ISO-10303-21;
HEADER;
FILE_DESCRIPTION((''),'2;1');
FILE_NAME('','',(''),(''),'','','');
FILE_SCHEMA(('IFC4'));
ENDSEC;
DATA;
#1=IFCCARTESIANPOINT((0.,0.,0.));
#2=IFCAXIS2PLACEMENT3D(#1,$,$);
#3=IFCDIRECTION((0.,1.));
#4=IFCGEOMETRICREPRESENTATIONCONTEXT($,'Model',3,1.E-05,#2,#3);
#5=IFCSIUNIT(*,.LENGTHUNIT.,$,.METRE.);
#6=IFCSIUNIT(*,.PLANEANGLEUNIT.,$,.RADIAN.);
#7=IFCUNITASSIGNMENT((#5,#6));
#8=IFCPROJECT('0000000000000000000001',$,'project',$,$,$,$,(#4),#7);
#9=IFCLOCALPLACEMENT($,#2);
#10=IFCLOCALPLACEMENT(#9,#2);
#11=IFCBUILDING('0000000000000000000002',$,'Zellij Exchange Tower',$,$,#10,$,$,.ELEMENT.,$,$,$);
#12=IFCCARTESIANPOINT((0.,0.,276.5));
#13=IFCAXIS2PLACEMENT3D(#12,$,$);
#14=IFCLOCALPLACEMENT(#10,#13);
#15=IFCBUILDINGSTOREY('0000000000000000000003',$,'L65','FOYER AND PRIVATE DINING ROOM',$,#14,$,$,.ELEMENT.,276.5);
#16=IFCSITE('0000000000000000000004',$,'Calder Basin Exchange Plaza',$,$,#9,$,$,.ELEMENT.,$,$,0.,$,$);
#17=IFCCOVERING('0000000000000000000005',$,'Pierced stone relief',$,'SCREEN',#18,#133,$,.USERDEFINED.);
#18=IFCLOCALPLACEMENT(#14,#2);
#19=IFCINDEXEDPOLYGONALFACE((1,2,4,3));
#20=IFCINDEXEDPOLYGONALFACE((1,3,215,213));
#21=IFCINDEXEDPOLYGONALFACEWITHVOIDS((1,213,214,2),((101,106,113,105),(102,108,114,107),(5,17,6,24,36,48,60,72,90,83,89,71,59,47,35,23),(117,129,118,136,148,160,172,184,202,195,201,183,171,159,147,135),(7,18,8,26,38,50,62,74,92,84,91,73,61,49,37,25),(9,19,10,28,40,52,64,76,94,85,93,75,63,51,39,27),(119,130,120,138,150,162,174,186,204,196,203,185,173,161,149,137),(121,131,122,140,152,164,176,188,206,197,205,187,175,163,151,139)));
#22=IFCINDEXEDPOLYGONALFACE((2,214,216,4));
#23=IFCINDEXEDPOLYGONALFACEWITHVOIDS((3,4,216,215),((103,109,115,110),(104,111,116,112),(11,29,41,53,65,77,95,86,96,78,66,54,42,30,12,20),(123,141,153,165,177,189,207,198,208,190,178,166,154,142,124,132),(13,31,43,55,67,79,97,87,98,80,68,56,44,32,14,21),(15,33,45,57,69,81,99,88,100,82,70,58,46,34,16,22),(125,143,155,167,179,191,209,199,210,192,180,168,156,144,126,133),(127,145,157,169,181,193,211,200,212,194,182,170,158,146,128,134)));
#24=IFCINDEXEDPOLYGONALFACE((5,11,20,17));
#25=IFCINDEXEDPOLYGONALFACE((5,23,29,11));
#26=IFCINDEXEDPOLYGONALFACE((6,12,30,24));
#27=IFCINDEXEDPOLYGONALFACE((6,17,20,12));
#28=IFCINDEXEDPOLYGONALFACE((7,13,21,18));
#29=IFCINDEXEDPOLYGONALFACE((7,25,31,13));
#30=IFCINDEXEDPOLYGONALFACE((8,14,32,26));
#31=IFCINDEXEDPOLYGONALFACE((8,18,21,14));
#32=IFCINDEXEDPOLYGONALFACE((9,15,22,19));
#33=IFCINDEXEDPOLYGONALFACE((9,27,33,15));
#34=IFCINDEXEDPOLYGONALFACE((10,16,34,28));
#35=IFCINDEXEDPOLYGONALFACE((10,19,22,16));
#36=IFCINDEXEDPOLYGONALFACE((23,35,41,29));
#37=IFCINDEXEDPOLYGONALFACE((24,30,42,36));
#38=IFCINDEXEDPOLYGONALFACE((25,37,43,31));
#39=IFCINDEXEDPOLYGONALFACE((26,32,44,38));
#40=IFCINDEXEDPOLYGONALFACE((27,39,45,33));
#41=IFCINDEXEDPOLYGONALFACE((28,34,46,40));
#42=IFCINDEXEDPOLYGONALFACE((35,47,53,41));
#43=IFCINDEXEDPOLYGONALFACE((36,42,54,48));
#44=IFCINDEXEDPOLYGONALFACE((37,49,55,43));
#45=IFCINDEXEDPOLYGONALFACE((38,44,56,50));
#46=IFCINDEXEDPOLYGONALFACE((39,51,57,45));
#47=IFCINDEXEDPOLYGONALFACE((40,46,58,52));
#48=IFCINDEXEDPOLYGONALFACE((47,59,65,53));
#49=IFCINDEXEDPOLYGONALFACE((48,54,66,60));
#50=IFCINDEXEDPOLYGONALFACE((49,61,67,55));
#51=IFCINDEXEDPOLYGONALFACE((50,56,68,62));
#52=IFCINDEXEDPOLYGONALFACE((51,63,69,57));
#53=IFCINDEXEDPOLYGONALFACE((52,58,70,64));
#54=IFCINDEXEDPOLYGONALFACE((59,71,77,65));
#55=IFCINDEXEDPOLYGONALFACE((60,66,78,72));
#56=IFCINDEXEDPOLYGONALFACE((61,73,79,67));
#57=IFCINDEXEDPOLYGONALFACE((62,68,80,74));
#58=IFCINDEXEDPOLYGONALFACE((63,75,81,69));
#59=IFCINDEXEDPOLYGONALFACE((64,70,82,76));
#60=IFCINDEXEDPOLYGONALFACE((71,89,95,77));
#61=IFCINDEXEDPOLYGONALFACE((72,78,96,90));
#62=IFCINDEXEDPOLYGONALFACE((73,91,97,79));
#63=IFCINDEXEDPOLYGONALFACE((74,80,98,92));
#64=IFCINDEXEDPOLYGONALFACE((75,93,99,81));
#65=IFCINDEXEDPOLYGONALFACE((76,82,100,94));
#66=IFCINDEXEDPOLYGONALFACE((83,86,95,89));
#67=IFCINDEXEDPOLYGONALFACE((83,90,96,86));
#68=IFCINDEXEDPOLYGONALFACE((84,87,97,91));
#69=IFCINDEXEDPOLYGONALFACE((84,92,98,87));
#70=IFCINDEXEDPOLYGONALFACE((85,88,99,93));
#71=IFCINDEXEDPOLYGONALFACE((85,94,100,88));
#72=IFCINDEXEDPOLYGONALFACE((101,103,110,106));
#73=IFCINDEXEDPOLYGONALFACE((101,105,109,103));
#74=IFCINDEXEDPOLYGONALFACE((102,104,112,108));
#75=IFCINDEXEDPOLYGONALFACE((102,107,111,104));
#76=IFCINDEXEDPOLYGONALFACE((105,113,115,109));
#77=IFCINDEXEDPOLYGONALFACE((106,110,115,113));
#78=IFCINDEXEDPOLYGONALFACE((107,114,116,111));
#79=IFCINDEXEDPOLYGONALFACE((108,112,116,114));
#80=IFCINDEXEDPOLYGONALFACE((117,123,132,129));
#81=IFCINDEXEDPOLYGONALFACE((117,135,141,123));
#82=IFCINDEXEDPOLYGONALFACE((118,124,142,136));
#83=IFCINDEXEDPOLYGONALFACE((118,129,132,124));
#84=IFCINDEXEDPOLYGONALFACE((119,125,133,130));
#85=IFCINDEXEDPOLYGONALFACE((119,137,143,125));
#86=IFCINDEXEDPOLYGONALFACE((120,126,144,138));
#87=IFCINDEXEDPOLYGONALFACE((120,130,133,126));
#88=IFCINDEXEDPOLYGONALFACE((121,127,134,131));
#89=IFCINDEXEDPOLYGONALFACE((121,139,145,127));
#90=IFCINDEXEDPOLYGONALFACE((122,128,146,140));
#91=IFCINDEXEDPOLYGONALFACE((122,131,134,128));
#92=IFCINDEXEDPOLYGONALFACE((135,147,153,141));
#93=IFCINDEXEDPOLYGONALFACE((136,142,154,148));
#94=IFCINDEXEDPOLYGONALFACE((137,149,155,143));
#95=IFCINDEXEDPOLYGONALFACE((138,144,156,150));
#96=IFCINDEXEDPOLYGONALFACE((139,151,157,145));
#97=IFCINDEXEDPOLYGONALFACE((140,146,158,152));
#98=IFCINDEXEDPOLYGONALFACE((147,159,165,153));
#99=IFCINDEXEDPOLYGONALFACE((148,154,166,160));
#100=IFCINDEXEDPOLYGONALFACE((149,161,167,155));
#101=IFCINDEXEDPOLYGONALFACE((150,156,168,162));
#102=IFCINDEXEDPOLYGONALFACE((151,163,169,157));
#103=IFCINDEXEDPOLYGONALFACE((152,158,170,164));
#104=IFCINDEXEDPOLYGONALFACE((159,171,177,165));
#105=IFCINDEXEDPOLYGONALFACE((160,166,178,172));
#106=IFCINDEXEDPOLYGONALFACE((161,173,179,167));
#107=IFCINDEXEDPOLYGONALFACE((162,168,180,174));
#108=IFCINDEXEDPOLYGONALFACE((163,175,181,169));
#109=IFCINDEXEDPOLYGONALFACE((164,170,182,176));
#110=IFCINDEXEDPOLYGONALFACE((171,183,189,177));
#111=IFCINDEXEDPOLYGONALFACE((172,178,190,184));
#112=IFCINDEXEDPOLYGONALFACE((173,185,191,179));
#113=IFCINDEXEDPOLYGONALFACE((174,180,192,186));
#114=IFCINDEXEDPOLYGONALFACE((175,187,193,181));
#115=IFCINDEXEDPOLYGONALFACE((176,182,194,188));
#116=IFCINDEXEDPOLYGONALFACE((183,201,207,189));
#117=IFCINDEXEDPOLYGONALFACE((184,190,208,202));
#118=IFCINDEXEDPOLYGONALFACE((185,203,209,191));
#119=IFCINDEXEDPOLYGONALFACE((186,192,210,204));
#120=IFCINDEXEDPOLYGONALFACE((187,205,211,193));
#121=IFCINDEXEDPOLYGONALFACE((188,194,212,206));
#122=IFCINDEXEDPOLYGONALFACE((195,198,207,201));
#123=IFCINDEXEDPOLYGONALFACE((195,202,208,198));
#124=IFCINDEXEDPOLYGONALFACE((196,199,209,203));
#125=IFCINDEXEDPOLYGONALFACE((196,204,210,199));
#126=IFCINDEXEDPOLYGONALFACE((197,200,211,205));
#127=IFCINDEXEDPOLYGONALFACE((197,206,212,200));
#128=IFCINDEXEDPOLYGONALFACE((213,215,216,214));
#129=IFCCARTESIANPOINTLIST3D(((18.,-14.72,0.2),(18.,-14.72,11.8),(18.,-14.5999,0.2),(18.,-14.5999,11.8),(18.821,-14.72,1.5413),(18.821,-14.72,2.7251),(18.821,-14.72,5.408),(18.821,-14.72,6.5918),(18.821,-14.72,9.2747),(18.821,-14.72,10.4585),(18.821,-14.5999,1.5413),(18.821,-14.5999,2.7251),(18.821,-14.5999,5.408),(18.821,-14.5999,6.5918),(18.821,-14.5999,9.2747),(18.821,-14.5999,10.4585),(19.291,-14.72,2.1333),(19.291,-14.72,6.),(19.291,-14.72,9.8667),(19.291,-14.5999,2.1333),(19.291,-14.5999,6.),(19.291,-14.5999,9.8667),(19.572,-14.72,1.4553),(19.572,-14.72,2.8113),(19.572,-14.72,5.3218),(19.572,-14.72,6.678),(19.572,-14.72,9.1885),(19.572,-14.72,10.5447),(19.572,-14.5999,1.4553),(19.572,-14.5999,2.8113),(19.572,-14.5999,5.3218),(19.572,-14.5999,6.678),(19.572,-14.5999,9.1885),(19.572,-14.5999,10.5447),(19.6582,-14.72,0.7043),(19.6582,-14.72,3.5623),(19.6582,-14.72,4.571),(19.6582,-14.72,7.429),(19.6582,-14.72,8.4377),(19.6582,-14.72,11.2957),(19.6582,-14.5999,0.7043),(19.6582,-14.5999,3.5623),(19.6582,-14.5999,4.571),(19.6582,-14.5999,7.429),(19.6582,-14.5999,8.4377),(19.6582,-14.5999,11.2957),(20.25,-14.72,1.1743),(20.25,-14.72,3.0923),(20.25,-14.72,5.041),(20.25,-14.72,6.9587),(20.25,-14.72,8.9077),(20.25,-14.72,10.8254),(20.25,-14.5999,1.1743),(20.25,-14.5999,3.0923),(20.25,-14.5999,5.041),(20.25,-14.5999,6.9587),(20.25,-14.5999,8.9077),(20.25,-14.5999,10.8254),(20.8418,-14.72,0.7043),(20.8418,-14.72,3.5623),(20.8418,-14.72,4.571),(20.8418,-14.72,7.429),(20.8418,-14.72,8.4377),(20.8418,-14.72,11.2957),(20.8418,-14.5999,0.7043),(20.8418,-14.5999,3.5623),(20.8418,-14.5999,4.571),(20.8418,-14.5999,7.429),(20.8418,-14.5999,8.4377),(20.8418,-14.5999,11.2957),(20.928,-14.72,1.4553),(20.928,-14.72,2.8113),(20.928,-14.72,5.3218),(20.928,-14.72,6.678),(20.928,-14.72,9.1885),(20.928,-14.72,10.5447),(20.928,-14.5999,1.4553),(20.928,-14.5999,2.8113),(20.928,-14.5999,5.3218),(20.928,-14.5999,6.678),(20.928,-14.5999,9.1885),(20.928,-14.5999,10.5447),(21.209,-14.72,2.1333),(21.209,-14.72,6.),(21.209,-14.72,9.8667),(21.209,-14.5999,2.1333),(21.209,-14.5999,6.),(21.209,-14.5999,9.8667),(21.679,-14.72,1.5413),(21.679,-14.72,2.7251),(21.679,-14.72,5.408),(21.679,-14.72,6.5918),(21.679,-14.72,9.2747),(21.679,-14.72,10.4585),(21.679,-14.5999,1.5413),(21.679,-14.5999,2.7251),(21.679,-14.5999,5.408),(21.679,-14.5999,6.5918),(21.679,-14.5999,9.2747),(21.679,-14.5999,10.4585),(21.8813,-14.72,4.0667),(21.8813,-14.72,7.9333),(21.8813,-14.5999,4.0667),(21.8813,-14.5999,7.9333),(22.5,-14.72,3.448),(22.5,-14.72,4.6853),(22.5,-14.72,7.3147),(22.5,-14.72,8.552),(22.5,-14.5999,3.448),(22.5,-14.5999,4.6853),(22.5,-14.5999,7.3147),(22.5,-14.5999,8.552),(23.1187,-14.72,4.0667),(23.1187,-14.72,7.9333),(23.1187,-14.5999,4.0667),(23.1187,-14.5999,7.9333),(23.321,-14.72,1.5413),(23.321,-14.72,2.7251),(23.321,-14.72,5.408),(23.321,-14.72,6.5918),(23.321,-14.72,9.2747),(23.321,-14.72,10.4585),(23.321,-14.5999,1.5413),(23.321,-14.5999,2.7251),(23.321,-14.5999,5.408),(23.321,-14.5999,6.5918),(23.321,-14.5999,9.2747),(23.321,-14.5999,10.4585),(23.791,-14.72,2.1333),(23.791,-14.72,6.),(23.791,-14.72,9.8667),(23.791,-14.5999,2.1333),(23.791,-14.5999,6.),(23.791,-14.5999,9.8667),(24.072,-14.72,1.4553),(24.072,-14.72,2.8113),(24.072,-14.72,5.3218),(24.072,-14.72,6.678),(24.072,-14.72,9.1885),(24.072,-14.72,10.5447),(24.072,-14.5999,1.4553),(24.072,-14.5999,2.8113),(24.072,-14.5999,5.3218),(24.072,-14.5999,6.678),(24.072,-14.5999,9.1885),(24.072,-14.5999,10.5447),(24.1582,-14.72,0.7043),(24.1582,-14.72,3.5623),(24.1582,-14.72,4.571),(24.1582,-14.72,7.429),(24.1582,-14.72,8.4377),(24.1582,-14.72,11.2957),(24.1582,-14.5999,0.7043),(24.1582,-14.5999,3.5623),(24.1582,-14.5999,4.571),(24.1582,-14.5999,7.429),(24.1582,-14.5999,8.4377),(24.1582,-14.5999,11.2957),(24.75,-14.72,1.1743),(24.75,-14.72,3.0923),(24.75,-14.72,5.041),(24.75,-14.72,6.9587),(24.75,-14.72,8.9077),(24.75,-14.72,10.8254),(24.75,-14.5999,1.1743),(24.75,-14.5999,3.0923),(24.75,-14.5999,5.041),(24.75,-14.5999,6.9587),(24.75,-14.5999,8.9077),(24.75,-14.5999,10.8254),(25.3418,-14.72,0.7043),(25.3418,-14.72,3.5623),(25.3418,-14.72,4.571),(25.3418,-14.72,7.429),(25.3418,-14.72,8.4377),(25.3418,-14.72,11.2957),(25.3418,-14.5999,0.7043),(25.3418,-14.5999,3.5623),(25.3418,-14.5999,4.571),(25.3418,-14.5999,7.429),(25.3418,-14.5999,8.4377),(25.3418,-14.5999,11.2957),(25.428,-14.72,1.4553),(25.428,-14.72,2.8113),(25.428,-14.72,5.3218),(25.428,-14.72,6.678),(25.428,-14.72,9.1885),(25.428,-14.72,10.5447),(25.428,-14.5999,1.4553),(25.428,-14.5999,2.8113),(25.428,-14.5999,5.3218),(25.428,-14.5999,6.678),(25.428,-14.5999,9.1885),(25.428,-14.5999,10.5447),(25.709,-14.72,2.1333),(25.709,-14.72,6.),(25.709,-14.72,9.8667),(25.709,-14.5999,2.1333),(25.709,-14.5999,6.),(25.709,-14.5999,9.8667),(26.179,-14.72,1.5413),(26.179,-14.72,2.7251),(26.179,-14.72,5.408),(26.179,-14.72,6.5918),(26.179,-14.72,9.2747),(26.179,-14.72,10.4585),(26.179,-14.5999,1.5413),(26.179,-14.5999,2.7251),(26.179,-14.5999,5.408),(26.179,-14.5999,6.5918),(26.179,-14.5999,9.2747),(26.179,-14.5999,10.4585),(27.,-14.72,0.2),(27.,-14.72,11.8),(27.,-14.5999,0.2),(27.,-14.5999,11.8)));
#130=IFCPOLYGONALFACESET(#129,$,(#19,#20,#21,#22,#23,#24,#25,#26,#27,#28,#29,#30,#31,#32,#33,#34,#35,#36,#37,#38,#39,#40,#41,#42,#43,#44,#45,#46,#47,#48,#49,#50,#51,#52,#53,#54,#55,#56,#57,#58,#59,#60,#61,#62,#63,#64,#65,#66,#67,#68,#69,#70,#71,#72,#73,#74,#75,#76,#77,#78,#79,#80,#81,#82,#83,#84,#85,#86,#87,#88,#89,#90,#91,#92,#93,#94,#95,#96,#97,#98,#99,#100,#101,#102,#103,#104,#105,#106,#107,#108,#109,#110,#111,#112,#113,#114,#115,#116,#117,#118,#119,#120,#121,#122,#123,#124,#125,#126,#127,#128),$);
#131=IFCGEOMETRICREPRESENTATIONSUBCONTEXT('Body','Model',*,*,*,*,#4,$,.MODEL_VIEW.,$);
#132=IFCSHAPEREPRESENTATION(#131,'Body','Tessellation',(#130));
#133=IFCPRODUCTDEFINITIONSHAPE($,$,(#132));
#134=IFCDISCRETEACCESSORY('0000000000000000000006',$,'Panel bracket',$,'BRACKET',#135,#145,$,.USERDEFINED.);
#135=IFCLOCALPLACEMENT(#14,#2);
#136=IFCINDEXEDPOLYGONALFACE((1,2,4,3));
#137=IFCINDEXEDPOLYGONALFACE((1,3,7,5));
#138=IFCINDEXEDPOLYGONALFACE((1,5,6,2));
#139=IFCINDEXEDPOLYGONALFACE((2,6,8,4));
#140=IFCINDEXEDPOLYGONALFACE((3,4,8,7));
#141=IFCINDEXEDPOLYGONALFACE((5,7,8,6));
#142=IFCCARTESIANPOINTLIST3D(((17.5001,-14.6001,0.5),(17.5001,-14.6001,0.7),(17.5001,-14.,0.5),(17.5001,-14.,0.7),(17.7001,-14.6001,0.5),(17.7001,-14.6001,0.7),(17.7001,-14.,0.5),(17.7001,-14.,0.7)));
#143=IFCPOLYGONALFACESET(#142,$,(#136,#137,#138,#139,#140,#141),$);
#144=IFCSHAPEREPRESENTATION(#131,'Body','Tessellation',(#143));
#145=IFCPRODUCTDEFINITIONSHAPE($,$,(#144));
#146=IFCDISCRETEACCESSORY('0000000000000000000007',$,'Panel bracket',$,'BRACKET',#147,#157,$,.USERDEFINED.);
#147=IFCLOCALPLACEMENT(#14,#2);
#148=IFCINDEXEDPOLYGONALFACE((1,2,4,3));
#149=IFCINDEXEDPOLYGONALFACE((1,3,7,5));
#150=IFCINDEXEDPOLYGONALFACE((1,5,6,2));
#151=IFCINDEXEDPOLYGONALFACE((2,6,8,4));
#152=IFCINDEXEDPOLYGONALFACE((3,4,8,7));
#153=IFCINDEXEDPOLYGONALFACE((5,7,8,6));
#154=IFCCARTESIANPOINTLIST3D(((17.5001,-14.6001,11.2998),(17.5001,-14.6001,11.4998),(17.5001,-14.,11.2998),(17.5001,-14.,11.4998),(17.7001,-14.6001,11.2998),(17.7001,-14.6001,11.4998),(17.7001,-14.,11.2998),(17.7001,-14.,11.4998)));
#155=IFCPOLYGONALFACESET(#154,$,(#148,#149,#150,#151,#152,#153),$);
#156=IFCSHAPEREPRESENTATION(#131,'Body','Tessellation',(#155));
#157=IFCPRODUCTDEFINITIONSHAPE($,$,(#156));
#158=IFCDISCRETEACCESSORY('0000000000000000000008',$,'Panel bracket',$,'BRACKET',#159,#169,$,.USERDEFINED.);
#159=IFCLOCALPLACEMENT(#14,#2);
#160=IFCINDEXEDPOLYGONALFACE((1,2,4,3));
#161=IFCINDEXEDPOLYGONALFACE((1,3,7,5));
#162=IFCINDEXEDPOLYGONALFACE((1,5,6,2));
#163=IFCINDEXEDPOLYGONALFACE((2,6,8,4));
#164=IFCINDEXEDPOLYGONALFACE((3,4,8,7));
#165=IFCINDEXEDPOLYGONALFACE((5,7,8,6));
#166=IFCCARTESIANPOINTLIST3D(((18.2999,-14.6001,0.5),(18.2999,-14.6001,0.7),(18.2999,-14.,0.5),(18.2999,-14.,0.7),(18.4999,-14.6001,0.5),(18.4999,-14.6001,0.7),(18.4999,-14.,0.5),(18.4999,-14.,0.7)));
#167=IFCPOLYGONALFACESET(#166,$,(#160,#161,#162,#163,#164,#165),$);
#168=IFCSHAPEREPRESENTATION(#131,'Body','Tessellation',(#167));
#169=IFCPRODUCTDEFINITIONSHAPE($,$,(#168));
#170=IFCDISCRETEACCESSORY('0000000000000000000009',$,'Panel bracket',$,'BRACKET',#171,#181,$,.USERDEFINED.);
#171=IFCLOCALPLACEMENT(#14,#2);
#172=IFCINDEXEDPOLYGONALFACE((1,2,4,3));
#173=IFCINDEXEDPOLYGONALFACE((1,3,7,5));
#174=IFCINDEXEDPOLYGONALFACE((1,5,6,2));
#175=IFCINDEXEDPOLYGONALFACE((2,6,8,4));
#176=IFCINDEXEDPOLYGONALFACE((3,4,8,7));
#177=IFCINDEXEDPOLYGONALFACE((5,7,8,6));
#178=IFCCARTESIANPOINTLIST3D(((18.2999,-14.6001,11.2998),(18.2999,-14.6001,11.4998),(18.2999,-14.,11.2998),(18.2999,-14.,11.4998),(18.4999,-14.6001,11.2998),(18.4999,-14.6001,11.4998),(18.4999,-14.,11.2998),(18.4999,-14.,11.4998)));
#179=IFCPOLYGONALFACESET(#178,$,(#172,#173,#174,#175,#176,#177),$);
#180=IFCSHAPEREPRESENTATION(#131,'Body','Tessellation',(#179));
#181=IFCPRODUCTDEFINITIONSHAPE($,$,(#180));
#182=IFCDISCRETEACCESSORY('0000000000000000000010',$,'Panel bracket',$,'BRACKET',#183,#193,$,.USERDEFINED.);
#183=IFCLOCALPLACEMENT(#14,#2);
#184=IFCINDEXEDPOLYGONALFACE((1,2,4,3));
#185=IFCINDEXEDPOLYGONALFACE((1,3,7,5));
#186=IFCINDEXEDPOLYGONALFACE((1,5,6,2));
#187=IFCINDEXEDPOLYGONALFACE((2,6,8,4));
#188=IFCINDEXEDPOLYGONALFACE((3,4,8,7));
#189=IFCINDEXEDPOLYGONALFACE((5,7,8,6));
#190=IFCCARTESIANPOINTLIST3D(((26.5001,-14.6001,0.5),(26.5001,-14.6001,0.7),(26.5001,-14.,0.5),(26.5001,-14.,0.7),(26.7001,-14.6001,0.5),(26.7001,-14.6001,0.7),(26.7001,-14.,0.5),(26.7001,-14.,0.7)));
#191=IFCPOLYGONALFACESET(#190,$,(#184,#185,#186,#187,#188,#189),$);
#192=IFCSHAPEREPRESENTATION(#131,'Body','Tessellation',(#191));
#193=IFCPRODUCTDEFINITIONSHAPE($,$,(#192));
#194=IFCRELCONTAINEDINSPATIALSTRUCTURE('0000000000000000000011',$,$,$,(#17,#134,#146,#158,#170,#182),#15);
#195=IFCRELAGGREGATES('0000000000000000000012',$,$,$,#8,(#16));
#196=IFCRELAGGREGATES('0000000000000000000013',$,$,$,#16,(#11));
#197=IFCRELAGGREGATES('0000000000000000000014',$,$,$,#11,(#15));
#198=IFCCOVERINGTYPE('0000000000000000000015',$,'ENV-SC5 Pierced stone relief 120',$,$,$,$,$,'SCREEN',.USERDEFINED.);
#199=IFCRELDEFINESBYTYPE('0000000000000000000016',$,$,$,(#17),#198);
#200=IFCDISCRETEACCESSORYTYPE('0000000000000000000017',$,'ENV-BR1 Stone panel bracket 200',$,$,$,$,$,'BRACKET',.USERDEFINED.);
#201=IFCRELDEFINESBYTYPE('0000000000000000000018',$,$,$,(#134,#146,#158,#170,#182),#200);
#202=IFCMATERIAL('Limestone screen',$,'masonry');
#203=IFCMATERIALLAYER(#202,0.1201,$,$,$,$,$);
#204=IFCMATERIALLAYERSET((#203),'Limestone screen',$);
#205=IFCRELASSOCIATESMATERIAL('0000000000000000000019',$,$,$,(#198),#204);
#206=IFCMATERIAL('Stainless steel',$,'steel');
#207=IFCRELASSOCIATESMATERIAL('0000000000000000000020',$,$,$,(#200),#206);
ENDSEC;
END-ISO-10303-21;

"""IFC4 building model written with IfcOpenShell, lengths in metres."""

from ifc_helpers import new_model, si_unit, direction, frame, origin, origin_2d, place, context, subcontext, project, spatial, polyline, rectangle, outline, extrude, material, layer, layer_set, type_object, element, save


model = new_model("IFC4")

# Units and contexts
model_context = context("Model", 3, precision=1e-05, world=origin(), true_north=direction((0.0, 1.0)))
body_context = subcontext(model_context, "Body", "Model", "MODEL_VIEW")
ifc_project = project(units=[si_unit("LENGTHUNIT", "METRE"), si_unit("PLANEANGLEUNIT", "RADIAN")], contexts=[model_context])

# Site, building, storey
site_placement = place(None, origin())
site = spatial("IfcSite", under=ifc_project, at=site_placement, Name="Calder Basin Exchange Plaza", CompositionType="ELEMENT", RefElevation=0.0)
building_placement = place(site_placement, origin())
building = spatial("IfcBuilding", under=site, at=building_placement, Name="Zellij Exchange Tower", CompositionType="ELEMENT")
storey_placement = place(building_placement, frame((0.0, 0.0, 276.5)))
storey = spatial("IfcBuildingStorey", under=building, at=storey_placement, Name="L65", Description="FOYER AND PRIVATE DINING ROOM", CompositionType="ELEMENT", Elevation=276.5)

# Shared definitions
ifc_material_1 = material(Name="Stainless steel", Category="steel")

# Covering
ifc_material_2 = material(Name="Limestone screen", Category="masonry")
ifc_layer_1 = layer(ifc_material_2, 0.1201)
ifc_layer_set_1 = layer_set([ifc_layer_1], Name="Limestone screen")
covering_type = type_object("IfcCoveringType", Name="ENV-SC5 Pierced stone relief 120", ElementType="SCREEN", PredefinedType="USERDEFINED", material=ifc_layer_set_1)
covering_placement = place(storey_placement, frame((18.0, -14.6599, 0.2), z_axis=(0.0, 0.0, 1.0), x_axis=(1.0, 0.0, 0.0)))
element("IfcCovering", 1, at=covering_placement, inside=storey, type_object=covering_type, Name="Pierced stone relief", ObjectType="SCREEN", PredefinedType="USERDEFINED", context=body_context, shape_type="SweptSolid", body=[
    extrude(outline(polyline([(0.0, 0.0), (9.0, 0.0), (9.0, 11.6001), (0.0, 11.6001), (0.0, 0.0)]), holes=[polyline([(3.679, 2.5251), (2.928, 2.6113), (2.8418, 3.3623), (2.25, 2.8923), (1.6582, 3.3623), (1.572, 2.6113), (0.821, 2.5251), (1.291, 1.9333), (0.821, 1.3413), (1.572, 1.2554), (1.6582, 0.5044), (2.25, 0.9744), (2.8418, 0.5044), (2.928, 1.2554), (3.679, 1.3413), (3.209, 1.9333), (3.679, 2.5251)]), polyline([(3.679, 6.3918), (2.928, 6.478), (2.8418, 7.229), (2.25, 6.7588), (1.6582, 7.229), (1.572, 6.478), (0.821, 6.3918), (1.291, 5.8), (0.821, 5.208), (1.572, 5.1218), (1.6582, 4.3711), (2.25, 4.8411), (2.8418, 4.3711), (2.928, 5.1218), (3.679, 5.208), (3.209, 5.8), (3.679, 6.3918)]), polyline([(3.679, 10.2585), (2.928, 10.3447), (2.8418, 11.0957), (2.25, 10.6255), (1.6582, 11.0957), (1.572, 10.3447), (0.821, 10.2585), (1.291, 9.6667), (0.821, 9.0747), (1.572, 8.9885), (1.6582, 8.2378), (2.25, 8.7078), (2.8418, 8.2378), (2.928, 8.9885), (3.679, 9.0747), (3.209, 9.6667), (3.679, 10.2585)]), polyline([(8.179, 2.5251), (7.428, 2.6113), (7.3418, 3.3623), (6.75, 2.8923), (6.1582, 3.3623), (6.072, 2.6113), (5.321, 2.5251), (5.791, 1.9333), (5.321, 1.3413), (6.072, 1.2554), (6.1582, 0.5044), (6.75, 0.9744), (7.3418, 0.5044), (7.428, 1.2554), (8.179, 1.3413), (7.709, 1.9333), (8.179, 2.5251)]), polyline([(8.179, 6.3918), (7.428, 6.478), (7.3418, 7.229), (6.75, 6.7588), (6.1582, 7.229), (6.072, 6.478), (5.321, 6.3918), (5.791, 5.8), (5.321, 5.208), (6.072, 5.1218), (6.1582, 4.3711), (6.75, 4.8411), (7.3418, 4.3711), (7.428, 5.1218), (8.179, 5.208), (7.709, 5.8), (8.179, 6.3918)]), polyline([(8.179, 10.2585), (7.428, 10.3447), (7.3418, 11.0957), (6.75, 10.6255), (6.1582, 11.0957), (6.072, 10.3447), (5.321, 10.2585), (5.791, 9.6667), (5.321, 9.0747), (6.072, 8.9885), (6.1582, 8.2378), (6.75, 8.7078), (7.3418, 8.2378), (7.428, 8.9885), (8.179, 9.0747), (7.709, 9.6667), (8.179, 10.2585)]), polyline([(5.1187, 3.8667), (4.5, 4.4854), (3.8813, 3.8667), (4.5, 3.248), (5.1187, 3.8667)]), polyline([(5.1187, 7.7334), (4.5, 8.3521), (3.8813, 7.7334), (4.5, 7.1147), (5.1187, 7.7334)])]), frame((0.0, 0.0601, 0.0), z_axis=(0.0, -1.0, 0.0), x_axis=(1.0, 0.0, 0.0)), (0.0, 0.0, 1.0), 0.1201),
])

# Discrete accessories
discrete_accessory_type = type_object("IfcDiscreteAccessoryType", Name="ENV-BR1 Stone panel bracket 200", ElementType="BRACKET", PredefinedType="USERDEFINED", material=ifc_material_1)
for number, where, z_axis, x_axis, name in (
    (2, (17.6001, -14.3, 0.5), (0.0, 0.0, 1.0), (1.0, 0.0, 0.0), "Panel bracket"),
    (3, (17.6001, -14.3, 11.2998), (0.0, 0.0, 1.0), (1.0, 0.0, 0.0), "Panel bracket"),
    (4, (18.3999, -14.3, 0.5), (0.0, 0.0, 1.0), (1.0, 0.0, 0.0), "Panel bracket"),
    (5, (18.3999, -14.3, 11.2998), (0.0, 0.0, 1.0), (1.0, 0.0, 0.0), "Panel bracket"),
    (6, (26.6001, -14.3, 0.5), (0.0, 0.0, 1.0), (1.0, 0.0, 0.0), "Panel bracket"),
):
    element("IfcDiscreteAccessory", number, at=place(storey_placement, frame(where, z_axis=z_axis, x_axis=x_axis)), inside=storey, type_object=discrete_accessory_type, Name=name, ObjectType="BRACKET", PredefinedType="USERDEFINED", context=body_context, shape_type="SweptSolid", body=[
        extrude(rectangle(XDim=0.2, YDim=0.6001, at=origin_2d()), origin(), (0.0, 0.0, 1.0), 0.2),
    ])

save(model, "model.ifc")
